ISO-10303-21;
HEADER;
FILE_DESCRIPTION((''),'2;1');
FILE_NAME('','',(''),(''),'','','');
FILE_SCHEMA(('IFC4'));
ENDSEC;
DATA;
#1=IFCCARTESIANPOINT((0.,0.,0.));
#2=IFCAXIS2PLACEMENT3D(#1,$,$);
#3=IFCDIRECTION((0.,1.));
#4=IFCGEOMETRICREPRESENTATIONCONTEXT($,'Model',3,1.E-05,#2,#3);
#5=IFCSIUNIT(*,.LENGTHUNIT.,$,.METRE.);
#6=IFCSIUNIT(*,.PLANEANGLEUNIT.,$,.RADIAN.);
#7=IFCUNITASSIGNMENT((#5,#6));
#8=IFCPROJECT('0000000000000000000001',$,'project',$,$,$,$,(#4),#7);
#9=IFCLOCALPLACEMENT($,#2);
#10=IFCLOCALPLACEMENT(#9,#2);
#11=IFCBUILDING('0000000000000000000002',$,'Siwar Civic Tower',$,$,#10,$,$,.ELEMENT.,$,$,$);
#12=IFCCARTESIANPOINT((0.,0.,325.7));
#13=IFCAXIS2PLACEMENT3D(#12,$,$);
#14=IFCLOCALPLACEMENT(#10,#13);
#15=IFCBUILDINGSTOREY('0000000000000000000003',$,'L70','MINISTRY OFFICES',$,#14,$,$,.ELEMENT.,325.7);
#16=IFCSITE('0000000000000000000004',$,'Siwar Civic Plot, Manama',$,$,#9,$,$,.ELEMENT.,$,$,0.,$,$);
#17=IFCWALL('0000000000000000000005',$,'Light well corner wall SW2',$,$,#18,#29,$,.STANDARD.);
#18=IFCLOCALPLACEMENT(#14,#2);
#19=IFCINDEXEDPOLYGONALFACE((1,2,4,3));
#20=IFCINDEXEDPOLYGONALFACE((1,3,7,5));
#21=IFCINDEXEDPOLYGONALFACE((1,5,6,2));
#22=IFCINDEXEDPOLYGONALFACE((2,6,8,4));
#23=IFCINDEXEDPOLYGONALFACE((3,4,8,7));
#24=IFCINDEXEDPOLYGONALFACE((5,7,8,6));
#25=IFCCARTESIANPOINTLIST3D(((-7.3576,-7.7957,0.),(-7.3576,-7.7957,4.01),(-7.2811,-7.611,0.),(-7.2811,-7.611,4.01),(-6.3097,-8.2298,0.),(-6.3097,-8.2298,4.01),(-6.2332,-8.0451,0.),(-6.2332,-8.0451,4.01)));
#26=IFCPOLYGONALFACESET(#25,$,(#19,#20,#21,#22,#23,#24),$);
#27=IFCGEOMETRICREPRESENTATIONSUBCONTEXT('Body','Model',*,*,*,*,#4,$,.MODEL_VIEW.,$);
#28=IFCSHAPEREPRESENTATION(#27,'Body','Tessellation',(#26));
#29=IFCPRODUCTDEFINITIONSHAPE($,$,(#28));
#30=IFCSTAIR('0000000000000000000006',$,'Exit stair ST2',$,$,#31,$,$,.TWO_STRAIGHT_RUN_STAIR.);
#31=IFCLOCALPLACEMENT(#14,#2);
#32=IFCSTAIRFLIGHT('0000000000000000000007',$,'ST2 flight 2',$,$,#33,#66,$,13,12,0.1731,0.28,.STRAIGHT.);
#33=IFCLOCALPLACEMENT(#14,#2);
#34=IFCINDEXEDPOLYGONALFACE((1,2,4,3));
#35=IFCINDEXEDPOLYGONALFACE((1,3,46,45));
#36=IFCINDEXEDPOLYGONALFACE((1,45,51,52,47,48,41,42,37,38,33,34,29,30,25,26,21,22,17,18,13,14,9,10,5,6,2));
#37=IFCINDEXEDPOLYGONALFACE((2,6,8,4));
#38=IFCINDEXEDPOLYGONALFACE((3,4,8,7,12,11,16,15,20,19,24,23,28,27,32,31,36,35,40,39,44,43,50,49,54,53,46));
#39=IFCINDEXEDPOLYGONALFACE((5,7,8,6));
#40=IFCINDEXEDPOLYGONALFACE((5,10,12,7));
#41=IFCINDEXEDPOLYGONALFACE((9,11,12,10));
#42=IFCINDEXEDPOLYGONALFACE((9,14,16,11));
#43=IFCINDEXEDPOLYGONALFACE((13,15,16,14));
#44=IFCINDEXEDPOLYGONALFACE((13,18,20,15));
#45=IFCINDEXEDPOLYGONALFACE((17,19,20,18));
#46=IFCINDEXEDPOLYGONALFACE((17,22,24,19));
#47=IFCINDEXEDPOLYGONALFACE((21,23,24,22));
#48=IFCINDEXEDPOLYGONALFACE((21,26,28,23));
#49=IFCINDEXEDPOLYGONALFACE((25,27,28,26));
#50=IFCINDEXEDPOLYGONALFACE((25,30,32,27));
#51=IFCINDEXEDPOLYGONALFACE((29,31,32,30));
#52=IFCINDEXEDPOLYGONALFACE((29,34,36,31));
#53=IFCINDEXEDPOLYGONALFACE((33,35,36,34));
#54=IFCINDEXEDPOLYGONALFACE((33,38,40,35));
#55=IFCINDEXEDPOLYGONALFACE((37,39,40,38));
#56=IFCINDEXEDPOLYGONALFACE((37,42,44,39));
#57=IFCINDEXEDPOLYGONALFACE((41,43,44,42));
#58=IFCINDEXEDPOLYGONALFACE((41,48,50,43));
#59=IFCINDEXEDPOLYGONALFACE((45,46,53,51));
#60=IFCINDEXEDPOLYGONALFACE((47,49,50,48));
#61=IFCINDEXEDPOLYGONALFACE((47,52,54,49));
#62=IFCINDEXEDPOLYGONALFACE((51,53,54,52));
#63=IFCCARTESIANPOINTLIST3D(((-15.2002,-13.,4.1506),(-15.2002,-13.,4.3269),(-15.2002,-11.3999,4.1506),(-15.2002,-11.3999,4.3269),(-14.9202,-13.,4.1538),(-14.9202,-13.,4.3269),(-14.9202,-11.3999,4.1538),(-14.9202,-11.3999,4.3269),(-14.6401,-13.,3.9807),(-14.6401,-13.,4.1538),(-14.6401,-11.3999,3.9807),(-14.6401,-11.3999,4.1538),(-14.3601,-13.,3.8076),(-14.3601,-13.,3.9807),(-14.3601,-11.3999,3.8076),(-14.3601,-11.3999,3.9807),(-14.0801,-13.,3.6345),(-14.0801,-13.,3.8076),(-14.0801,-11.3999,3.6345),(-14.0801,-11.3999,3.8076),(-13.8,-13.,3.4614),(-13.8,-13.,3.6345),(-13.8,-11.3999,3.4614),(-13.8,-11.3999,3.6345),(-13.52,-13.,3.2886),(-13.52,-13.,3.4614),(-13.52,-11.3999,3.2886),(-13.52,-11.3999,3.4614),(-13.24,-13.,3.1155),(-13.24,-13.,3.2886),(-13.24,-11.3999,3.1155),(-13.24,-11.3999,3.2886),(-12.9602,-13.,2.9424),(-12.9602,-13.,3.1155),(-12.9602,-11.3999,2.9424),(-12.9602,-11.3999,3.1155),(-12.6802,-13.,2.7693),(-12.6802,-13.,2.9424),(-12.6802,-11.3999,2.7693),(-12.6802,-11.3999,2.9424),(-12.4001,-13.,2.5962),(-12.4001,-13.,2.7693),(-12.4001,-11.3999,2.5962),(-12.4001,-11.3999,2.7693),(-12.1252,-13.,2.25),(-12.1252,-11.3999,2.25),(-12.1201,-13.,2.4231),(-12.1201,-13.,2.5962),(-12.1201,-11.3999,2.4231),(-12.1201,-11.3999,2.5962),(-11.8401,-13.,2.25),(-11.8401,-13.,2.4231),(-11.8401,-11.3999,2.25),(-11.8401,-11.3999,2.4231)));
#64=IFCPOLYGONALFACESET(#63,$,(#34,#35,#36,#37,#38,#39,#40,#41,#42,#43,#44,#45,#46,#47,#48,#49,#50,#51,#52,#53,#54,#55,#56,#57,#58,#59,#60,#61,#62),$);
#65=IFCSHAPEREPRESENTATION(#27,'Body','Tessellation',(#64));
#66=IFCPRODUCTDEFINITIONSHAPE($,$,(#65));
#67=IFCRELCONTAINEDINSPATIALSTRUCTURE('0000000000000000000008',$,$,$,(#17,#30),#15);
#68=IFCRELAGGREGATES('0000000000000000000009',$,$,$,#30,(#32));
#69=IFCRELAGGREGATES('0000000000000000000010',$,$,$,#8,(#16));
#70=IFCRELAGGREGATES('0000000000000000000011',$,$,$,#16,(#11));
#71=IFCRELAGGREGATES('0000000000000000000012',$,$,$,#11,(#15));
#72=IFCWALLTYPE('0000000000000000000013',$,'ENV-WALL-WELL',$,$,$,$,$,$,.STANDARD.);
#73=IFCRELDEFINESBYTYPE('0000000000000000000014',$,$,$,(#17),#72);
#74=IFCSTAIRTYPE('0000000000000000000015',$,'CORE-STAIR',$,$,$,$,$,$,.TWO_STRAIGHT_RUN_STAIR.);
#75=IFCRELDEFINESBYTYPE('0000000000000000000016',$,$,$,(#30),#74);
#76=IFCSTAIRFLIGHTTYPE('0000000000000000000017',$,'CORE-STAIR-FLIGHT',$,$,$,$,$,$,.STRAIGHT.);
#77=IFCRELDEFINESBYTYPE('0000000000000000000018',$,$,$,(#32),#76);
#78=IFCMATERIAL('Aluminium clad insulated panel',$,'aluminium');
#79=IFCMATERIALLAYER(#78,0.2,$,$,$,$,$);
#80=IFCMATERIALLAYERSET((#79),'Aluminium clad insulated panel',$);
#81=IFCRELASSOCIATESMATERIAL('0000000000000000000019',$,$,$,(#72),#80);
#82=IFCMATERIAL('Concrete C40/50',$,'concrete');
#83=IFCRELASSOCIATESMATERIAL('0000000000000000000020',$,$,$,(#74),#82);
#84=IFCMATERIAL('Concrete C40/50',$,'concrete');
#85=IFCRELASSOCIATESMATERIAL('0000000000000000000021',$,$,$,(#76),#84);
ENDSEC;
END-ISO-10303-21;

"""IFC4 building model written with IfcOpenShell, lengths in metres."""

from ifc_helpers import new_model, si_unit, direction, frame, frame_2d, origin, place, context, subcontext, project, spatial, polyline, rectangle, outline, extrude, material, layer, layer_set, type_object, element, aggregate, save


model = new_model("IFC4")

# Units and contexts
model_context = context("Model", 3, precision=1e-05, world=origin(), true_north=direction((0.0, 1.0)))
body_context = subcontext(model_context, "Body", "Model", "MODEL_VIEW")
ifc_project = project(units=[si_unit("LENGTHUNIT", "METRE"), si_unit("PLANEANGLEUNIT", "RADIAN")], contexts=[model_context])

# Site, building, storey
site_placement = place(None, origin())
site = spatial("IfcSite", under=ifc_project, at=site_placement, Name="Siwar Civic Plot, Manama", CompositionType="ELEMENT", RefElevation=0.0)
building_placement = place(site_placement, origin())
building = spatial("IfcBuilding", under=site, at=building_placement, Name="Siwar Civic Tower", CompositionType="ELEMENT")
storey_placement = place(building_placement, frame((0.0, 0.0, 325.7)))
storey = spatial("IfcBuildingStorey", under=building, at=storey_placement, Name="L70", Description="MINISTRY OFFICES", CompositionType="ELEMENT", Elevation=325.7)

# Wall
ifc_material_1 = material(Name="Aluminium clad insulated panel", Category="aluminium")
ifc_layer_1 = layer(ifc_material_1, 0.2)
ifc_layer_set_1 = layer_set([ifc_layer_1], Name="Aluminium clad insulated panel")
wall_type_1 = type_object("IfcWallType", Name="ENV-WALL-WELL", PredefinedType="STANDARD", material=ifc_layer_set_1)
wall_1_placement = place(storey_placement, frame((-7.3193, -7.7034, 0.0), z_axis=(0.0, 0.0, 1.0), x_axis=(0.923865, -0.382719, 0.0)))
element("IfcWall", 1, at=wall_1_placement, inside=storey, type_object=wall_type_1, Name="Light well corner wall SW2", PredefinedType="STANDARD", context=body_context, shape_type="SweptSolid", body=[
    extrude(rectangle(XDim=1.1343, YDim=0.2, at=frame_2d((0.5671, 0.0))), origin(), (0.0, 0.0, 1.0), 4.01),
])

# Stair, stair flight
ifc_material_2 = material(Name="Concrete C40/50", Category="concrete")
stair_type = type_object("IfcStairType", Name="CORE-STAIR", PredefinedType="TWO_STRAIGHT_RUN_STAIR", material=ifc_material_2)
stair_placement = place(storey_placement, origin())
stair = element("IfcStair", 2, at=stair_placement, inside=storey, type_object=stair_type, Name="Exit stair ST2", PredefinedType="TWO_STRAIGHT_RUN_STAIR")
ifc_material_3 = material(Name="Concrete C40/50", Category="concrete")
stair_flight_type = type_object("IfcStairFlightType", Name="CORE-STAIR-FLIGHT", PredefinedType="STRAIGHT", material=ifc_material_3)
stair_flight_placement = place(storey_placement, frame((-11.8401, -12.2, 2.25), z_axis=(0.0, 0.0, 1.0), x_axis=(-1.0, 0.0, 0.0)))
stair_flight = element("IfcStairFlight", 3, at=stair_flight_placement, type_object=stair_flight_type, Name="ST2 flight 2", NumberOfRisers=13, NumberOfTreads=12, PredefinedType="STRAIGHT", RiserHeight=0.1731, TreadLength=0.28, context=body_context, shape_type="SweptSolid", body=[
    extrude(outline(polyline([(0.0, 0.0), (0.0, 0.1731), (0.28, 0.1731), (0.28, 0.3462), (0.5601, 0.3462), (0.5601, 0.5193), (0.8401, 0.5193), (0.8401, 0.6924), (1.1201, 0.6924), (1.1201, 0.8655), (1.3999, 0.8655), (1.3999, 1.0386), (1.6799, 1.0386), (1.6799, 1.2114), (1.96, 1.2114), (1.96, 1.3845), (2.24, 1.3845), (2.24, 1.5576), (2.52, 1.5576), (2.52, 1.7307), (2.8, 1.7307), (2.8, 1.9038), (3.0801, 1.9038), (3.0801, 2.0769), (3.3601, 2.0769), (3.3601, 2.25), (3.3601, 1.9006), (0.2852, 0.0), (0.0, 0.0)])), frame((0.0, 0.8, 0.0), z_axis=(0.0, -1.0, 0.0), x_axis=(1.0, 0.0, 0.0)), (0.0, 0.0, 1.0), 1.6001),
])
aggregate(stair, [stair_flight])

save(model, "model.ifc")
